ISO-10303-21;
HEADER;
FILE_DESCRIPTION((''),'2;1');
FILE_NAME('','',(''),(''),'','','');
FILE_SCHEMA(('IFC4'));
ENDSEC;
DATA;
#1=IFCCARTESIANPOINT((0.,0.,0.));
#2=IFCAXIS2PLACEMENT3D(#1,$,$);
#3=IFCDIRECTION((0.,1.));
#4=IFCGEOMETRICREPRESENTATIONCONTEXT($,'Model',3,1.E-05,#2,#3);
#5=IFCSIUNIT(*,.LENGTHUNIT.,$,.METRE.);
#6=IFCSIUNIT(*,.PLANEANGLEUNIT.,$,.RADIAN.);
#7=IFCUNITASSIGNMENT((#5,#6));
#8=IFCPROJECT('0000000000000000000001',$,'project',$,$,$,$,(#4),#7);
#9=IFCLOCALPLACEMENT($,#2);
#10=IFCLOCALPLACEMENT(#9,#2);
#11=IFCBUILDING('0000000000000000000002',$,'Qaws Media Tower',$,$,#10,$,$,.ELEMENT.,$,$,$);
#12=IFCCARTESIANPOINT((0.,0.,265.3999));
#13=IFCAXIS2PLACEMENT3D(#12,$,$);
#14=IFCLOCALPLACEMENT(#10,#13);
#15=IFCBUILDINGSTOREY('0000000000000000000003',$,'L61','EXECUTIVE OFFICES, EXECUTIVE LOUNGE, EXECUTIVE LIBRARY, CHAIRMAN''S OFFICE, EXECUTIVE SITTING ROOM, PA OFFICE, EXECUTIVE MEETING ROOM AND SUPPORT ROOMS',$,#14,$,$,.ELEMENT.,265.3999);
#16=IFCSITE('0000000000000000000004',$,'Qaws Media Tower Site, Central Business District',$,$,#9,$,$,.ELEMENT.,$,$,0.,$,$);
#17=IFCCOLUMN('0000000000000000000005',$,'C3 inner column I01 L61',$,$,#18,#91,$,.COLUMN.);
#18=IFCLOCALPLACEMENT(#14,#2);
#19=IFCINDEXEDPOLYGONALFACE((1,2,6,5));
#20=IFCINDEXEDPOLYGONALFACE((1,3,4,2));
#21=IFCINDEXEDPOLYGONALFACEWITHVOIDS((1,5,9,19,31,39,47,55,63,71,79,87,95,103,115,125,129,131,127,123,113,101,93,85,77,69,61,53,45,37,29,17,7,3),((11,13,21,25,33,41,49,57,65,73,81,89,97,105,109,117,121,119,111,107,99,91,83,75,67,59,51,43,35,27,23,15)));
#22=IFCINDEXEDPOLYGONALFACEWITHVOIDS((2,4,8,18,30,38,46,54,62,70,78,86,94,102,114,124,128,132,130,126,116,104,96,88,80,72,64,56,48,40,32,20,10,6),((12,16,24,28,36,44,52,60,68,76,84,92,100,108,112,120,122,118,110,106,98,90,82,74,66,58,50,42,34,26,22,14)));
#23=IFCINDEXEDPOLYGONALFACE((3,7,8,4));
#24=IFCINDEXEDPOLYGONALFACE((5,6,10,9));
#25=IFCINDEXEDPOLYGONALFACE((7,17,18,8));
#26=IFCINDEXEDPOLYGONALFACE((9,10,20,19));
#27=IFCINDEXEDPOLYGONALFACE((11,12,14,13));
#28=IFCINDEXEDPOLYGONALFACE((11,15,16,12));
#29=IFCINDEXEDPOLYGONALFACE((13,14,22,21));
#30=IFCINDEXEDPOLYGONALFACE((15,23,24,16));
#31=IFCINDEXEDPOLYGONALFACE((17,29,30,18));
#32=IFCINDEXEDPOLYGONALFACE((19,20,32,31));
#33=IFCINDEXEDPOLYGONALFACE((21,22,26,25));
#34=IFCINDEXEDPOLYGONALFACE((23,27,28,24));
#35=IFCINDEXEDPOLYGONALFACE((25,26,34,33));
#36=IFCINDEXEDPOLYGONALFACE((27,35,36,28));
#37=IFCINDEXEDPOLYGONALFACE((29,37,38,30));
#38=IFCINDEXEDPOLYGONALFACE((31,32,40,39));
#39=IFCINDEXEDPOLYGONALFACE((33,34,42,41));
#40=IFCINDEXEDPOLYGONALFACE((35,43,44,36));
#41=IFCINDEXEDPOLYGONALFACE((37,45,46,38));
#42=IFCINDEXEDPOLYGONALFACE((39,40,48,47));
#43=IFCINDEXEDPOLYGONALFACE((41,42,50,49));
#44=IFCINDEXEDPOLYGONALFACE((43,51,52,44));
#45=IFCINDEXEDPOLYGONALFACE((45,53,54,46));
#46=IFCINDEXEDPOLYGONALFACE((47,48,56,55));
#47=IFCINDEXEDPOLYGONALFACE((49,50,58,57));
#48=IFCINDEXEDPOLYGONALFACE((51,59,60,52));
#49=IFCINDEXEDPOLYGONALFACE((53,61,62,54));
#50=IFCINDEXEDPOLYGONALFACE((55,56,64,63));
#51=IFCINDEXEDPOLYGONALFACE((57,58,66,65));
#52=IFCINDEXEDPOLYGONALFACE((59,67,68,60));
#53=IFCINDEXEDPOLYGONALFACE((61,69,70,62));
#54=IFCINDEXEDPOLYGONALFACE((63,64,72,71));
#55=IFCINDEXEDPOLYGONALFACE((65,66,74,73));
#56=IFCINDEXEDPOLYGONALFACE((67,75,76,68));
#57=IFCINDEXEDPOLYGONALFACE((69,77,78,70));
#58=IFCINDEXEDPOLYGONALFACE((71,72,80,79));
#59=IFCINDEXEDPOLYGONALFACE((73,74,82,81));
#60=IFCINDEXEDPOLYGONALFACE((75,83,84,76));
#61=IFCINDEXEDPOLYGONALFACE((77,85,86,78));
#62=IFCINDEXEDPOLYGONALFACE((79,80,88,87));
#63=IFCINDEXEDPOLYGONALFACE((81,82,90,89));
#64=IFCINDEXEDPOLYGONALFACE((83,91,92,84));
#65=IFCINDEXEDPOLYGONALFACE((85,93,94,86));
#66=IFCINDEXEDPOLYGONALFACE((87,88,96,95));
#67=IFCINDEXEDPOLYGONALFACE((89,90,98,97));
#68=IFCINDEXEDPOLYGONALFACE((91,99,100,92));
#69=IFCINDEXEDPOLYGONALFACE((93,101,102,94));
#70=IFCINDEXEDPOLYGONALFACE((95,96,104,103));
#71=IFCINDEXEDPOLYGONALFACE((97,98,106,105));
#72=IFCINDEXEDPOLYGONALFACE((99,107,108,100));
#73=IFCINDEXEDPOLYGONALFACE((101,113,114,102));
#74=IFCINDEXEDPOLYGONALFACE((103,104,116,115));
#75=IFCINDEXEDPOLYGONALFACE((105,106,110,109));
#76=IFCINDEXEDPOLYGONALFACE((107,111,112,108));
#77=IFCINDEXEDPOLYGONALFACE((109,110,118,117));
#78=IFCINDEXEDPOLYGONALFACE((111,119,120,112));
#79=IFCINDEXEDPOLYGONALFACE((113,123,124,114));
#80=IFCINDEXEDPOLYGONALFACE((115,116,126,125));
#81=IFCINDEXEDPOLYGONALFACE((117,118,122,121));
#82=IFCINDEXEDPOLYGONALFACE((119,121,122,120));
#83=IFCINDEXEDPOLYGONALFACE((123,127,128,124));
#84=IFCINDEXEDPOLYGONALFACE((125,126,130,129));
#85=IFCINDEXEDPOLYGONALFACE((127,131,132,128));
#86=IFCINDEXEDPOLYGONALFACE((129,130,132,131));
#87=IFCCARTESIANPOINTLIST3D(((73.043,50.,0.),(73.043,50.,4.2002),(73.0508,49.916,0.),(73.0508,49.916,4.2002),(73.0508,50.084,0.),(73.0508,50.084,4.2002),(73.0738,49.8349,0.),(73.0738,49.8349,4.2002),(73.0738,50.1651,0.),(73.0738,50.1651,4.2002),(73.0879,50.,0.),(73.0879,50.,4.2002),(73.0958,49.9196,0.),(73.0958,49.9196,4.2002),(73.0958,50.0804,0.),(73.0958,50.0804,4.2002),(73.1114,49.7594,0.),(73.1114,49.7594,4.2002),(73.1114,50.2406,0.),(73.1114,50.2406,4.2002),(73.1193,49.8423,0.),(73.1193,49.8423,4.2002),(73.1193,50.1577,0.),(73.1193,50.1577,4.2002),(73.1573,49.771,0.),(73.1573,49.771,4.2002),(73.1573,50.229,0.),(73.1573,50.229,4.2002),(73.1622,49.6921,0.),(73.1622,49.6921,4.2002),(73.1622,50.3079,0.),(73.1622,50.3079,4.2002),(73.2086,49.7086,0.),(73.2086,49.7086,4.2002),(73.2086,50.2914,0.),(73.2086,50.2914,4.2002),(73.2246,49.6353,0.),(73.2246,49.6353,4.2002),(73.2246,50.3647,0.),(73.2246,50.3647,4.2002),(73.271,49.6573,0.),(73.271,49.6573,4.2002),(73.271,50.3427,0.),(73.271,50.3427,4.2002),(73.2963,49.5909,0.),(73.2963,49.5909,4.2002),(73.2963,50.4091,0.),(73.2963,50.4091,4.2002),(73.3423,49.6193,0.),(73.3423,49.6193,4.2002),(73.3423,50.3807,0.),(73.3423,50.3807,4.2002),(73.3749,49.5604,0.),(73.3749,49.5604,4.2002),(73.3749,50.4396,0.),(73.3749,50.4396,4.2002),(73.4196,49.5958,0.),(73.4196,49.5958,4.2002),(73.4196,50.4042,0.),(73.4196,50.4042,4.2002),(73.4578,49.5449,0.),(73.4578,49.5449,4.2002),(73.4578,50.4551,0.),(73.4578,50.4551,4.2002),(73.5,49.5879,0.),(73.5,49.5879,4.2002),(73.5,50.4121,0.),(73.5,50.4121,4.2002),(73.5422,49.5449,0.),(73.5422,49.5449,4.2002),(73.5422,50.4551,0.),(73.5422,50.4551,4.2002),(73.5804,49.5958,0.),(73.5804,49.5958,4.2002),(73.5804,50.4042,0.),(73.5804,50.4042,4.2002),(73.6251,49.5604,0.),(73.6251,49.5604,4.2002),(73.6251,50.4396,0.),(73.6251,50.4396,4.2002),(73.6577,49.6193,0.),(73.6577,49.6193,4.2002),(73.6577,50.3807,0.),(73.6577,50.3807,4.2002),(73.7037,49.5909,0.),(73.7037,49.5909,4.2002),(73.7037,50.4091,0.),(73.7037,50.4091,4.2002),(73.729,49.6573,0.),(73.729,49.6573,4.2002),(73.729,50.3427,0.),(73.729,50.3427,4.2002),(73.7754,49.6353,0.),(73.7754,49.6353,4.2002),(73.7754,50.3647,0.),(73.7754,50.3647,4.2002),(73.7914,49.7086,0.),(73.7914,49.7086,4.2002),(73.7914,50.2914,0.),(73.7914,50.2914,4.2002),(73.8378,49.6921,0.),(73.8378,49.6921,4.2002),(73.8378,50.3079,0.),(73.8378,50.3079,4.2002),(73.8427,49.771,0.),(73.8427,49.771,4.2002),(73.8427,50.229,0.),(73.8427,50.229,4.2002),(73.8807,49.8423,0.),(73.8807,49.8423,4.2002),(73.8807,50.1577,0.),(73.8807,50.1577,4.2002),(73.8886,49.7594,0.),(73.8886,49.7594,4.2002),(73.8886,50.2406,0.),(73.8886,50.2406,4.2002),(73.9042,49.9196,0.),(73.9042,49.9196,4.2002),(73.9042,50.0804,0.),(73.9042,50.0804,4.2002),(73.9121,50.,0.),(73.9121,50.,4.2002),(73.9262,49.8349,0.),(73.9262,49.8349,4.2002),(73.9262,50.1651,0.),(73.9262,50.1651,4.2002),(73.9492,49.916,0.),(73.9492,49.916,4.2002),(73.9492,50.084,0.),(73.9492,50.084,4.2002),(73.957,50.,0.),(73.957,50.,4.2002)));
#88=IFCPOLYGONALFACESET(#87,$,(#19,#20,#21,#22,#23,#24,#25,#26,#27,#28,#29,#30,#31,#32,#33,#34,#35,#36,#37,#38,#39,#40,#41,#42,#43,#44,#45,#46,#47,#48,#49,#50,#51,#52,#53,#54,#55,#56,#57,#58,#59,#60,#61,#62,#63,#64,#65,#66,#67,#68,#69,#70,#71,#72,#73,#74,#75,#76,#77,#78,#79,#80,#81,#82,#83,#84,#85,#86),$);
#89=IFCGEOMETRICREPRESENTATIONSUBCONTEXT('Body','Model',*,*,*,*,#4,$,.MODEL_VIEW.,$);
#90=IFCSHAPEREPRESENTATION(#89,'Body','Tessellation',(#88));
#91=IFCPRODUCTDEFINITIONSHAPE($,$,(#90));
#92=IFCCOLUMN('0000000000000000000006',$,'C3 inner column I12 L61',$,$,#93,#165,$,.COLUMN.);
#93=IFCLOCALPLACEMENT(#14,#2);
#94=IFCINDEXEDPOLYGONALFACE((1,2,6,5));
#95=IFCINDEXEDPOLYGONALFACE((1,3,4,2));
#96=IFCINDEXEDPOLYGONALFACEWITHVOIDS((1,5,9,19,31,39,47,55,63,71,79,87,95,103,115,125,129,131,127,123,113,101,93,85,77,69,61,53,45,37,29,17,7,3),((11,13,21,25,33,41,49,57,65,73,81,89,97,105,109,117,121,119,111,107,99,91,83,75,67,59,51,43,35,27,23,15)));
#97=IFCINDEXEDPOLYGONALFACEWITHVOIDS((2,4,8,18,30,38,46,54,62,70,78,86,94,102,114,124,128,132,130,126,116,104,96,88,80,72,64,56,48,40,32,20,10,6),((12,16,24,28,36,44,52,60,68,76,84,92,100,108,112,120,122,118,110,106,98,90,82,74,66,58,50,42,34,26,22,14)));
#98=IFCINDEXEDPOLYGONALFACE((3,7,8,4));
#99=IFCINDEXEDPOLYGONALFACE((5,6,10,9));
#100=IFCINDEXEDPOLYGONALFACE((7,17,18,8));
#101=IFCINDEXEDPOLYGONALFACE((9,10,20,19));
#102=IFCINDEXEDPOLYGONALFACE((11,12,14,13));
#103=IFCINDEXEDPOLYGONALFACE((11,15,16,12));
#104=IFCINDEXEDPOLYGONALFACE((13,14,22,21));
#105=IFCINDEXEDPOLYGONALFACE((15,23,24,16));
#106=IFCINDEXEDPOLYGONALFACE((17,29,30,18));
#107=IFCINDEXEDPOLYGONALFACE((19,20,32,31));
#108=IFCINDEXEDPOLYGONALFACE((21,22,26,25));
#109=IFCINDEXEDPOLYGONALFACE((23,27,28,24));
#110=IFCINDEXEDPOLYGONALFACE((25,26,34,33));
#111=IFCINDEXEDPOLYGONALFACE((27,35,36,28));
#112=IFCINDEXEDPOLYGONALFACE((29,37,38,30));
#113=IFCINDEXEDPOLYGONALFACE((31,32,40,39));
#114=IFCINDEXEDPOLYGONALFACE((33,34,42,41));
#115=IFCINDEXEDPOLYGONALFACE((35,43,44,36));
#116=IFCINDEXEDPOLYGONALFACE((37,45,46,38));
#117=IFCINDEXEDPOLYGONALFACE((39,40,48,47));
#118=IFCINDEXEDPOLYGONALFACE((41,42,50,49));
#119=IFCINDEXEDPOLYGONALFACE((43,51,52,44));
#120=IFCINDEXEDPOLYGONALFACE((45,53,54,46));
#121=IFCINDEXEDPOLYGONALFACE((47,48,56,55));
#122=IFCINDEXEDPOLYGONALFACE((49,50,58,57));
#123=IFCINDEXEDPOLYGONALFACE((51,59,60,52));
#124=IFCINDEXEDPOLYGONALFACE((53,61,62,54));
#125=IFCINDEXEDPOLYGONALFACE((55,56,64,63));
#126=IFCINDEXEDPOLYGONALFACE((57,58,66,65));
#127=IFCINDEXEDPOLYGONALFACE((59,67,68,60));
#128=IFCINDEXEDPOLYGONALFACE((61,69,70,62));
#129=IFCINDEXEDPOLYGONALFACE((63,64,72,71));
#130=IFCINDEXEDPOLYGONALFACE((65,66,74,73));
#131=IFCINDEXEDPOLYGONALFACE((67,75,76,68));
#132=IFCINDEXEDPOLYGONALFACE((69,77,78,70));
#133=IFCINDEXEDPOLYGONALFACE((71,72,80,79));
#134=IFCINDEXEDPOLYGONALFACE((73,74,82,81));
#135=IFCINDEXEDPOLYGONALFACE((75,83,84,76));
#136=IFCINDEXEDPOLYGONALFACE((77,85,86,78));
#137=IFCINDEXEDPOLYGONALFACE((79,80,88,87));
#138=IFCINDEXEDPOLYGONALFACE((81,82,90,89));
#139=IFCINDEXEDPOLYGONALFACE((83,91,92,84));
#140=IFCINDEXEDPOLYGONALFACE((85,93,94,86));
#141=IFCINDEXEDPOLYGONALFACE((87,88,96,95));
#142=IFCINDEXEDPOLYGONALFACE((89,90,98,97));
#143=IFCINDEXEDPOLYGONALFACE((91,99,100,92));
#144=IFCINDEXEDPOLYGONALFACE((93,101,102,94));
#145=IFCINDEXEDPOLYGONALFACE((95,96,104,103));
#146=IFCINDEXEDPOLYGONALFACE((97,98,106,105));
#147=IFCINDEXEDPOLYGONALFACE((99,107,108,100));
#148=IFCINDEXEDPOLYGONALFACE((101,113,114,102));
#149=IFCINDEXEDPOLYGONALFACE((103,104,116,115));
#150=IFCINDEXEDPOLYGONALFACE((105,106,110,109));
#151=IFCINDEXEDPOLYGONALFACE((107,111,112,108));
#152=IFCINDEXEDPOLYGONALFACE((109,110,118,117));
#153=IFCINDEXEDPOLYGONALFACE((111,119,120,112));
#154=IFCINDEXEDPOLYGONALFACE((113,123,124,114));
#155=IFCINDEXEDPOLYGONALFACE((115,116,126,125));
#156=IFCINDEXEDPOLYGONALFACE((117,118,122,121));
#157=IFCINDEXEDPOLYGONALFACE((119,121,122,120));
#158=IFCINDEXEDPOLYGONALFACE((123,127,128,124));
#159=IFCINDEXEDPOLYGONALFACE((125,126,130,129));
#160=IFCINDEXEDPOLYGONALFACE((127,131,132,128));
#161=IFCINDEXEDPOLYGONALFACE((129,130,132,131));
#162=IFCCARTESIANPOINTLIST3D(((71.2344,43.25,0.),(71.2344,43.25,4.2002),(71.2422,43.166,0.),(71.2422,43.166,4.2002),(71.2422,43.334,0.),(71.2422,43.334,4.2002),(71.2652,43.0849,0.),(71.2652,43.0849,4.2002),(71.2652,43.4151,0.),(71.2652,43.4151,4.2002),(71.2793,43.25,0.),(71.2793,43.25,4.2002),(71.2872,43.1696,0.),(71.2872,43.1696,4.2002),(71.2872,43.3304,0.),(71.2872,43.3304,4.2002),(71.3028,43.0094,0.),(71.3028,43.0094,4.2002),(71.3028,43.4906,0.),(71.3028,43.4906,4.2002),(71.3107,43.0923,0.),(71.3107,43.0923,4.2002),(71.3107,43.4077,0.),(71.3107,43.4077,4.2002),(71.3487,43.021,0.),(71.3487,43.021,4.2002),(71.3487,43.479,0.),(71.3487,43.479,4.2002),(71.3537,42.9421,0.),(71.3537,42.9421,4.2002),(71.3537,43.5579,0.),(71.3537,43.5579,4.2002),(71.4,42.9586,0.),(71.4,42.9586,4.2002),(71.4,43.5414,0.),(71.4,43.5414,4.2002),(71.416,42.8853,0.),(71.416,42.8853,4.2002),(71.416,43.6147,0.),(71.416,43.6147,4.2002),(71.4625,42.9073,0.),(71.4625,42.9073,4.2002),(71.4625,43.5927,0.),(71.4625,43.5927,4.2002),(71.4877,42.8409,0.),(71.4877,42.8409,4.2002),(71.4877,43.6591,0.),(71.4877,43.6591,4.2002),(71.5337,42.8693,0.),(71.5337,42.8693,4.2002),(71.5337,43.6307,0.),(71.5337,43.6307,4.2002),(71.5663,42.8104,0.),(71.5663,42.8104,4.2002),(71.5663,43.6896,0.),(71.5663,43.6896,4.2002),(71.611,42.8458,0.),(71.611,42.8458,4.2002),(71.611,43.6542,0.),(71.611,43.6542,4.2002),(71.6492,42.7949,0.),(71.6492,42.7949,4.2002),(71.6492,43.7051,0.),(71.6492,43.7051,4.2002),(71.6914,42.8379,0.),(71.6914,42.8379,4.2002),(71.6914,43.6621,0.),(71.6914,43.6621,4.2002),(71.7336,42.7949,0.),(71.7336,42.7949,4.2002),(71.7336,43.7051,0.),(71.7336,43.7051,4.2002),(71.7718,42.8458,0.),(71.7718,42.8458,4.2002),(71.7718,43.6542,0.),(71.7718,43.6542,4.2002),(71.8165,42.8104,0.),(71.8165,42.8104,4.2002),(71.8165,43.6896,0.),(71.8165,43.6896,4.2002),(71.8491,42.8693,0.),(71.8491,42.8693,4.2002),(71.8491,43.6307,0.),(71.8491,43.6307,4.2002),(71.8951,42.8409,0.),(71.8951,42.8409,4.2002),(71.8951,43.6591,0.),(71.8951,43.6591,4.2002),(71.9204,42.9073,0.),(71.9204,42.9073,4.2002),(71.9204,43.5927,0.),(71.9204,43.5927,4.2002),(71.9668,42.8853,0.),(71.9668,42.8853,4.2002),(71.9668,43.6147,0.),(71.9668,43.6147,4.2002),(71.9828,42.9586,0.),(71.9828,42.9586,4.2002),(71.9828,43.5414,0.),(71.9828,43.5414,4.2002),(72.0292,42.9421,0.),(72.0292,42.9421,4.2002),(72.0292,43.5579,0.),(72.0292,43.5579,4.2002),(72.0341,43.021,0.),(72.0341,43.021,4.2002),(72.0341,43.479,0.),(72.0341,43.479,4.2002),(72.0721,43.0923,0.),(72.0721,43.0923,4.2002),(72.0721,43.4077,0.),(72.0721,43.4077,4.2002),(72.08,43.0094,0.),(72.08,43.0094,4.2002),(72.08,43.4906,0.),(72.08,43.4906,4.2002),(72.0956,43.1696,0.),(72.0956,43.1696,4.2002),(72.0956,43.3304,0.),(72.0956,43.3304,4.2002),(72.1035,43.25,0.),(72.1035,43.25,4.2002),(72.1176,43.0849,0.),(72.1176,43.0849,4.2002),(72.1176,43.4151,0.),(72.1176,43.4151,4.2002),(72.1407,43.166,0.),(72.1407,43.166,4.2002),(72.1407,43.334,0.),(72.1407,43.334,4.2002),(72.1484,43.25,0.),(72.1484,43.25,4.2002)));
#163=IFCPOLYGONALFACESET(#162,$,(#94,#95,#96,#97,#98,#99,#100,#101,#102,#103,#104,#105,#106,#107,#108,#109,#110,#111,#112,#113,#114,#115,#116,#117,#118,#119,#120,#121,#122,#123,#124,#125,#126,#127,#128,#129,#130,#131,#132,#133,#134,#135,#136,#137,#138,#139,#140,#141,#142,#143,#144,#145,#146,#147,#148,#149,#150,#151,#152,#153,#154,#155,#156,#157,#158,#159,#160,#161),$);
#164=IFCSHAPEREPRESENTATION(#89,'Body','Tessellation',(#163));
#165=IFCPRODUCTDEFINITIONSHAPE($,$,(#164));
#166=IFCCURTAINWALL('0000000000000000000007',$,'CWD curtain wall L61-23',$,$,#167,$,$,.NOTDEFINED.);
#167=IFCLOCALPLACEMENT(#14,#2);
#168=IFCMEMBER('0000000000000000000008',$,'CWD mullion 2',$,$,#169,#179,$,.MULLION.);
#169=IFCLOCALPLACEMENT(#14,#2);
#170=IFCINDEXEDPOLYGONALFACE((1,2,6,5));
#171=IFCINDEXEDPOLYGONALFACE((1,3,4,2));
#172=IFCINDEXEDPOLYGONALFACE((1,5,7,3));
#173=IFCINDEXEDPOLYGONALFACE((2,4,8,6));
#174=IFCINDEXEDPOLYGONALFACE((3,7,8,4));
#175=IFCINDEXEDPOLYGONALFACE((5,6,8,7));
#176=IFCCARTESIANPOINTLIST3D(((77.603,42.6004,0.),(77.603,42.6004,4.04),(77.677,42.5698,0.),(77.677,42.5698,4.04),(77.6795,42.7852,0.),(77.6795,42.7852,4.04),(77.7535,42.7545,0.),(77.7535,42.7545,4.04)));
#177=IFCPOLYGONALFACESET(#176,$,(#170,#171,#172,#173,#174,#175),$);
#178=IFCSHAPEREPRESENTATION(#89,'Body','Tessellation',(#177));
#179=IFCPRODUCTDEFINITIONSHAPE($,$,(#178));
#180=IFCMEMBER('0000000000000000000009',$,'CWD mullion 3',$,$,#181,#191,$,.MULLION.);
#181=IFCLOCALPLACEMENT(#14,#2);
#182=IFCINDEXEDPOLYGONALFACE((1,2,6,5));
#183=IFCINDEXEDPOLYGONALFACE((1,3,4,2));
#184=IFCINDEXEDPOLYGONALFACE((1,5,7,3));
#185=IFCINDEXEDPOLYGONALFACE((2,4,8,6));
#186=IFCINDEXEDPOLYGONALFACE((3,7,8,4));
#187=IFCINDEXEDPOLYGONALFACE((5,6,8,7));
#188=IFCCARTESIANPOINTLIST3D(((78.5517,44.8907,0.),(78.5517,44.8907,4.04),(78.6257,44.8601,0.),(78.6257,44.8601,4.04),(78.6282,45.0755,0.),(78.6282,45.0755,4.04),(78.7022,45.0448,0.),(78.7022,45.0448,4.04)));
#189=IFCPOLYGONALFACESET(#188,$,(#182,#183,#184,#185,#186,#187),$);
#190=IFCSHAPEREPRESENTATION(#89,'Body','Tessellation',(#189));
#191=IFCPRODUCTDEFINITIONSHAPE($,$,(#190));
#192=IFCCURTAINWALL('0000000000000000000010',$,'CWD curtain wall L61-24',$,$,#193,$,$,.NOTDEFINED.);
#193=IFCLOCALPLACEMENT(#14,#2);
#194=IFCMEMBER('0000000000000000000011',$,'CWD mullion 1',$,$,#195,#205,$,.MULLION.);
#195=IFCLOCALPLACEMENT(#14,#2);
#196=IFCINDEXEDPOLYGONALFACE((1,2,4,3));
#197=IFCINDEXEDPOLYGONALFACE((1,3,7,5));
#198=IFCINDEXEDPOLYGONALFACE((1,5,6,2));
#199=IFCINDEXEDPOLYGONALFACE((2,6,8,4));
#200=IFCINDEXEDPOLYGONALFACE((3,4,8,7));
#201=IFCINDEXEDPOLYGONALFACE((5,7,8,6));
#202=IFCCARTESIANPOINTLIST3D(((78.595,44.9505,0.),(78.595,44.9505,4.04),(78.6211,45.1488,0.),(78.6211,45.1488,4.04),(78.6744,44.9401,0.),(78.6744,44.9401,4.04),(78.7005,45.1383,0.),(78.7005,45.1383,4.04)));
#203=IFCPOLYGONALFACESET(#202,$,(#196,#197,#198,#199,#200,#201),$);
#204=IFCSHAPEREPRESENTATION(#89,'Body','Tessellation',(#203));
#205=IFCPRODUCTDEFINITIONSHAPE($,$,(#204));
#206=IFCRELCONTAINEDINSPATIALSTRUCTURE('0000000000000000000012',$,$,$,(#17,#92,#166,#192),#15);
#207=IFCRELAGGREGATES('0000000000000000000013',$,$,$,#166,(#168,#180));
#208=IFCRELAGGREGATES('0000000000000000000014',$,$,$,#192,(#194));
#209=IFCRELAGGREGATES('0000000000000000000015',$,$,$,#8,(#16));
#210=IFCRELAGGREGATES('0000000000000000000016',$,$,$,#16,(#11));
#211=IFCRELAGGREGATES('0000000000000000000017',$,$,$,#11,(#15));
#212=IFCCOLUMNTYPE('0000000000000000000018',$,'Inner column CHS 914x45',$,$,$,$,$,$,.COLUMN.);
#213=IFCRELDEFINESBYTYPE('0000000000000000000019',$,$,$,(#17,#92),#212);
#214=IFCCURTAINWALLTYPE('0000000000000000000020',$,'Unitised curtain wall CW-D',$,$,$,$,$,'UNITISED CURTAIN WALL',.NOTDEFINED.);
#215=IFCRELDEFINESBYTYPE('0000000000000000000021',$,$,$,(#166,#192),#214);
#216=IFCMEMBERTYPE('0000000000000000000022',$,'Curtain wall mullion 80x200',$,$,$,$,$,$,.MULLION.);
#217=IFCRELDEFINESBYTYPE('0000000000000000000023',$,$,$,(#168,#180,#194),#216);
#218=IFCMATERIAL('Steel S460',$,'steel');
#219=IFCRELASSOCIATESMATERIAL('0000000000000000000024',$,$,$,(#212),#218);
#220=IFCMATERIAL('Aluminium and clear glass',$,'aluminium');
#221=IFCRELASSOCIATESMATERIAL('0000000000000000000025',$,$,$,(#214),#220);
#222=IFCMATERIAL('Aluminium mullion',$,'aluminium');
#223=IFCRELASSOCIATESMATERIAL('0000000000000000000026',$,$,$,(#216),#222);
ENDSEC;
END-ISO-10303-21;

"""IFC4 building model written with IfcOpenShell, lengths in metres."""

from ifc_helpers import new_model, si_unit, direction, frame, origin, origin_2d, place, context, subcontext, project, spatial, rectangle, hollow_circle, extrude, material, material_profile, profile_set, type_object, element, aggregate, save


model = new_model("IFC4")

# Units and contexts
model_context = context("Model", 3, precision=1e-05, world=origin(), true_north=direction((0.0, 1.0)))
body_context = subcontext(model_context, "Body", "Model", "MODEL_VIEW")
ifc_project = project(units=[si_unit("LENGTHUNIT", "METRE"), si_unit("PLANEANGLEUNIT", "RADIAN")], contexts=[model_context])

# Site, building, storey
site_placement = place(None, origin())
site = spatial("IfcSite", under=ifc_project, at=site_placement, Name="Qaws Media Tower Site, Central Business District", CompositionType="ELEMENT", RefElevation=0.0)
building_placement = place(site_placement, origin())
building = spatial("IfcBuilding", under=site, at=building_placement, Name="Qaws Media Tower", CompositionType="ELEMENT")
storey_placement = place(building_placement, frame((0.0, 0.0, 265.3999)))
storey = spatial("IfcBuildingStorey", under=building, at=storey_placement, Name="L61", Description="EXECUTIVE OFFICES, EXECUTIVE LOUNGE, EXECUTIVE LIBRARY, CHAIRMAN'S OFFICE, EXECUTIVE SITTING ROOM, PA OFFICE, EXECUTIVE MEETING ROOM AND SUPPORT ROOMS", CompositionType="ELEMENT", Elevation=265.3999)

# Columns
ifc_material_1 = material(Name="Steel S460", Category="steel")
ifc_material_profile_1 = material_profile(ifc_material_1, hollow_circle(Radius=0.457, WallThickness=0.0449, at=origin_2d()), Name="CHS 914x45")
ifc_profile_set_1 = profile_set([ifc_material_profile_1], Name="Steel S460")
column_type = type_object("IfcColumnType", Name="Inner column CHS 914x45", PredefinedType="COLUMN", material=ifc_profile_set_1)
for number, where, z_axis, x_axis, name in (
    (1, (73.5, 50.0, 0.0), (0.0, 0.0, 1.0), (1.0, 0.0, 0.0), "C3 inner column I01 L61"),
    (2, (71.6914, 43.25, 0.0), (0.0, 0.0, 1.0), (1.0, 0.0, 0.0), "C3 inner column I12 L61"),
):
    element("IfcColumn", number, at=place(storey_placement, frame(where, z_axis=z_axis, x_axis=x_axis)), inside=storey, type_object=column_type, Name=name, PredefinedType="COLUMN", context=body_context, shape_type="SweptSolid", body=[
        extrude(hollow_circle(Radius=0.457, WallThickness=0.0449, at=origin_2d()), origin(), (0.0, 0.0, 1.0), 4.2002),
    ])

# Curtain walls, members
ifc_material_2 = material(Name="Aluminium and clear glass", Category="aluminium")
curtain_wall_type = type_object("IfcCurtainWallType", Name="Unitised curtain wall CW-D", ElementType="UNITISED CURTAIN WALL", PredefinedType="NOTDEFINED", material=ifc_material_2)
curtain_wall_1_placement = place(storey_placement, origin())
curtain_wall_1 = element("IfcCurtainWall", 3, at=curtain_wall_1_placement, inside=storey, type_object=curtain_wall_type, Name="CWD curtain wall L61-23", PredefinedType="NOTDEFINED")
ifc_material_3 = material(Name="Aluminium mullion", Category="aluminium")
ifc_material_profile_2 = material_profile(ifc_material_3, rectangle(XDim=0.0801, YDim=0.2, at=origin_2d()), Name="80x200")
ifc_profile_set_2 = profile_set([ifc_material_profile_2], Name="Aluminium mullion")
member_type_1 = type_object("IfcMemberType", Name="Curtain wall mullion 80x200", PredefinedType="MULLION", material=ifc_profile_set_2)
member_1_placement = place(storey_placement, frame((77.6782, 42.6775, 0.0), z_axis=(0.0, 0.0, 1.0), x_axis=(-0.92388, 0.382683, 0.0)))
member_1 = element("IfcMember", 4, at=member_1_placement, type_object=member_type_1, Name="CWD mullion 2", PredefinedType="MULLION", context=body_context, shape_type="SweptSolid", body=[
    extrude(rectangle(XDim=0.0801, YDim=0.2, at=origin_2d()), origin(), (0.0, 0.0, 1.0), 4.04),
])
member_2_placement = place(storey_placement, frame((78.627, 44.9678, 0.0), z_axis=(0.0, 0.0, 1.0), x_axis=(-0.92388, 0.382683, 0.0)))
member_2 = element("IfcMember", 5, at=member_2_placement, type_object=member_type_1, Name="CWD mullion 3", PredefinedType="MULLION", context=body_context, shape_type="SweptSolid", body=[
    extrude(rectangle(XDim=0.0801, YDim=0.2, at=origin_2d()), origin(), (0.0, 0.0, 1.0), 4.04),
])
curtain_wall_2_placement = place(storey_placement, origin())
curtain_wall_2 = element("IfcCurtainWall", 6, at=curtain_wall_2_placement, inside=storey, type_object=curtain_wall_type, Name="CWD curtain wall L61-24", PredefinedType="NOTDEFINED")
member_3_placement = place(storey_placement, frame((78.6477, 45.0444, 0.0), z_axis=(0.0, 0.0, 1.0), x_axis=(-0.991445, 0.130526, 0.0)))
member_3 = element("IfcMember", 7, at=member_3_placement, type_object=member_type_1, Name="CWD mullion 1", PredefinedType="MULLION", context=body_context, shape_type="SweptSolid", body=[
    extrude(rectangle(XDim=0.0801, YDim=0.2, at=origin_2d()), origin(), (0.0, 0.0, 1.0), 4.04),
])

aggregate(curtain_wall_1, [member_1, member_2])
aggregate(curtain_wall_2, [member_3])

save(model, "model.ifc")
